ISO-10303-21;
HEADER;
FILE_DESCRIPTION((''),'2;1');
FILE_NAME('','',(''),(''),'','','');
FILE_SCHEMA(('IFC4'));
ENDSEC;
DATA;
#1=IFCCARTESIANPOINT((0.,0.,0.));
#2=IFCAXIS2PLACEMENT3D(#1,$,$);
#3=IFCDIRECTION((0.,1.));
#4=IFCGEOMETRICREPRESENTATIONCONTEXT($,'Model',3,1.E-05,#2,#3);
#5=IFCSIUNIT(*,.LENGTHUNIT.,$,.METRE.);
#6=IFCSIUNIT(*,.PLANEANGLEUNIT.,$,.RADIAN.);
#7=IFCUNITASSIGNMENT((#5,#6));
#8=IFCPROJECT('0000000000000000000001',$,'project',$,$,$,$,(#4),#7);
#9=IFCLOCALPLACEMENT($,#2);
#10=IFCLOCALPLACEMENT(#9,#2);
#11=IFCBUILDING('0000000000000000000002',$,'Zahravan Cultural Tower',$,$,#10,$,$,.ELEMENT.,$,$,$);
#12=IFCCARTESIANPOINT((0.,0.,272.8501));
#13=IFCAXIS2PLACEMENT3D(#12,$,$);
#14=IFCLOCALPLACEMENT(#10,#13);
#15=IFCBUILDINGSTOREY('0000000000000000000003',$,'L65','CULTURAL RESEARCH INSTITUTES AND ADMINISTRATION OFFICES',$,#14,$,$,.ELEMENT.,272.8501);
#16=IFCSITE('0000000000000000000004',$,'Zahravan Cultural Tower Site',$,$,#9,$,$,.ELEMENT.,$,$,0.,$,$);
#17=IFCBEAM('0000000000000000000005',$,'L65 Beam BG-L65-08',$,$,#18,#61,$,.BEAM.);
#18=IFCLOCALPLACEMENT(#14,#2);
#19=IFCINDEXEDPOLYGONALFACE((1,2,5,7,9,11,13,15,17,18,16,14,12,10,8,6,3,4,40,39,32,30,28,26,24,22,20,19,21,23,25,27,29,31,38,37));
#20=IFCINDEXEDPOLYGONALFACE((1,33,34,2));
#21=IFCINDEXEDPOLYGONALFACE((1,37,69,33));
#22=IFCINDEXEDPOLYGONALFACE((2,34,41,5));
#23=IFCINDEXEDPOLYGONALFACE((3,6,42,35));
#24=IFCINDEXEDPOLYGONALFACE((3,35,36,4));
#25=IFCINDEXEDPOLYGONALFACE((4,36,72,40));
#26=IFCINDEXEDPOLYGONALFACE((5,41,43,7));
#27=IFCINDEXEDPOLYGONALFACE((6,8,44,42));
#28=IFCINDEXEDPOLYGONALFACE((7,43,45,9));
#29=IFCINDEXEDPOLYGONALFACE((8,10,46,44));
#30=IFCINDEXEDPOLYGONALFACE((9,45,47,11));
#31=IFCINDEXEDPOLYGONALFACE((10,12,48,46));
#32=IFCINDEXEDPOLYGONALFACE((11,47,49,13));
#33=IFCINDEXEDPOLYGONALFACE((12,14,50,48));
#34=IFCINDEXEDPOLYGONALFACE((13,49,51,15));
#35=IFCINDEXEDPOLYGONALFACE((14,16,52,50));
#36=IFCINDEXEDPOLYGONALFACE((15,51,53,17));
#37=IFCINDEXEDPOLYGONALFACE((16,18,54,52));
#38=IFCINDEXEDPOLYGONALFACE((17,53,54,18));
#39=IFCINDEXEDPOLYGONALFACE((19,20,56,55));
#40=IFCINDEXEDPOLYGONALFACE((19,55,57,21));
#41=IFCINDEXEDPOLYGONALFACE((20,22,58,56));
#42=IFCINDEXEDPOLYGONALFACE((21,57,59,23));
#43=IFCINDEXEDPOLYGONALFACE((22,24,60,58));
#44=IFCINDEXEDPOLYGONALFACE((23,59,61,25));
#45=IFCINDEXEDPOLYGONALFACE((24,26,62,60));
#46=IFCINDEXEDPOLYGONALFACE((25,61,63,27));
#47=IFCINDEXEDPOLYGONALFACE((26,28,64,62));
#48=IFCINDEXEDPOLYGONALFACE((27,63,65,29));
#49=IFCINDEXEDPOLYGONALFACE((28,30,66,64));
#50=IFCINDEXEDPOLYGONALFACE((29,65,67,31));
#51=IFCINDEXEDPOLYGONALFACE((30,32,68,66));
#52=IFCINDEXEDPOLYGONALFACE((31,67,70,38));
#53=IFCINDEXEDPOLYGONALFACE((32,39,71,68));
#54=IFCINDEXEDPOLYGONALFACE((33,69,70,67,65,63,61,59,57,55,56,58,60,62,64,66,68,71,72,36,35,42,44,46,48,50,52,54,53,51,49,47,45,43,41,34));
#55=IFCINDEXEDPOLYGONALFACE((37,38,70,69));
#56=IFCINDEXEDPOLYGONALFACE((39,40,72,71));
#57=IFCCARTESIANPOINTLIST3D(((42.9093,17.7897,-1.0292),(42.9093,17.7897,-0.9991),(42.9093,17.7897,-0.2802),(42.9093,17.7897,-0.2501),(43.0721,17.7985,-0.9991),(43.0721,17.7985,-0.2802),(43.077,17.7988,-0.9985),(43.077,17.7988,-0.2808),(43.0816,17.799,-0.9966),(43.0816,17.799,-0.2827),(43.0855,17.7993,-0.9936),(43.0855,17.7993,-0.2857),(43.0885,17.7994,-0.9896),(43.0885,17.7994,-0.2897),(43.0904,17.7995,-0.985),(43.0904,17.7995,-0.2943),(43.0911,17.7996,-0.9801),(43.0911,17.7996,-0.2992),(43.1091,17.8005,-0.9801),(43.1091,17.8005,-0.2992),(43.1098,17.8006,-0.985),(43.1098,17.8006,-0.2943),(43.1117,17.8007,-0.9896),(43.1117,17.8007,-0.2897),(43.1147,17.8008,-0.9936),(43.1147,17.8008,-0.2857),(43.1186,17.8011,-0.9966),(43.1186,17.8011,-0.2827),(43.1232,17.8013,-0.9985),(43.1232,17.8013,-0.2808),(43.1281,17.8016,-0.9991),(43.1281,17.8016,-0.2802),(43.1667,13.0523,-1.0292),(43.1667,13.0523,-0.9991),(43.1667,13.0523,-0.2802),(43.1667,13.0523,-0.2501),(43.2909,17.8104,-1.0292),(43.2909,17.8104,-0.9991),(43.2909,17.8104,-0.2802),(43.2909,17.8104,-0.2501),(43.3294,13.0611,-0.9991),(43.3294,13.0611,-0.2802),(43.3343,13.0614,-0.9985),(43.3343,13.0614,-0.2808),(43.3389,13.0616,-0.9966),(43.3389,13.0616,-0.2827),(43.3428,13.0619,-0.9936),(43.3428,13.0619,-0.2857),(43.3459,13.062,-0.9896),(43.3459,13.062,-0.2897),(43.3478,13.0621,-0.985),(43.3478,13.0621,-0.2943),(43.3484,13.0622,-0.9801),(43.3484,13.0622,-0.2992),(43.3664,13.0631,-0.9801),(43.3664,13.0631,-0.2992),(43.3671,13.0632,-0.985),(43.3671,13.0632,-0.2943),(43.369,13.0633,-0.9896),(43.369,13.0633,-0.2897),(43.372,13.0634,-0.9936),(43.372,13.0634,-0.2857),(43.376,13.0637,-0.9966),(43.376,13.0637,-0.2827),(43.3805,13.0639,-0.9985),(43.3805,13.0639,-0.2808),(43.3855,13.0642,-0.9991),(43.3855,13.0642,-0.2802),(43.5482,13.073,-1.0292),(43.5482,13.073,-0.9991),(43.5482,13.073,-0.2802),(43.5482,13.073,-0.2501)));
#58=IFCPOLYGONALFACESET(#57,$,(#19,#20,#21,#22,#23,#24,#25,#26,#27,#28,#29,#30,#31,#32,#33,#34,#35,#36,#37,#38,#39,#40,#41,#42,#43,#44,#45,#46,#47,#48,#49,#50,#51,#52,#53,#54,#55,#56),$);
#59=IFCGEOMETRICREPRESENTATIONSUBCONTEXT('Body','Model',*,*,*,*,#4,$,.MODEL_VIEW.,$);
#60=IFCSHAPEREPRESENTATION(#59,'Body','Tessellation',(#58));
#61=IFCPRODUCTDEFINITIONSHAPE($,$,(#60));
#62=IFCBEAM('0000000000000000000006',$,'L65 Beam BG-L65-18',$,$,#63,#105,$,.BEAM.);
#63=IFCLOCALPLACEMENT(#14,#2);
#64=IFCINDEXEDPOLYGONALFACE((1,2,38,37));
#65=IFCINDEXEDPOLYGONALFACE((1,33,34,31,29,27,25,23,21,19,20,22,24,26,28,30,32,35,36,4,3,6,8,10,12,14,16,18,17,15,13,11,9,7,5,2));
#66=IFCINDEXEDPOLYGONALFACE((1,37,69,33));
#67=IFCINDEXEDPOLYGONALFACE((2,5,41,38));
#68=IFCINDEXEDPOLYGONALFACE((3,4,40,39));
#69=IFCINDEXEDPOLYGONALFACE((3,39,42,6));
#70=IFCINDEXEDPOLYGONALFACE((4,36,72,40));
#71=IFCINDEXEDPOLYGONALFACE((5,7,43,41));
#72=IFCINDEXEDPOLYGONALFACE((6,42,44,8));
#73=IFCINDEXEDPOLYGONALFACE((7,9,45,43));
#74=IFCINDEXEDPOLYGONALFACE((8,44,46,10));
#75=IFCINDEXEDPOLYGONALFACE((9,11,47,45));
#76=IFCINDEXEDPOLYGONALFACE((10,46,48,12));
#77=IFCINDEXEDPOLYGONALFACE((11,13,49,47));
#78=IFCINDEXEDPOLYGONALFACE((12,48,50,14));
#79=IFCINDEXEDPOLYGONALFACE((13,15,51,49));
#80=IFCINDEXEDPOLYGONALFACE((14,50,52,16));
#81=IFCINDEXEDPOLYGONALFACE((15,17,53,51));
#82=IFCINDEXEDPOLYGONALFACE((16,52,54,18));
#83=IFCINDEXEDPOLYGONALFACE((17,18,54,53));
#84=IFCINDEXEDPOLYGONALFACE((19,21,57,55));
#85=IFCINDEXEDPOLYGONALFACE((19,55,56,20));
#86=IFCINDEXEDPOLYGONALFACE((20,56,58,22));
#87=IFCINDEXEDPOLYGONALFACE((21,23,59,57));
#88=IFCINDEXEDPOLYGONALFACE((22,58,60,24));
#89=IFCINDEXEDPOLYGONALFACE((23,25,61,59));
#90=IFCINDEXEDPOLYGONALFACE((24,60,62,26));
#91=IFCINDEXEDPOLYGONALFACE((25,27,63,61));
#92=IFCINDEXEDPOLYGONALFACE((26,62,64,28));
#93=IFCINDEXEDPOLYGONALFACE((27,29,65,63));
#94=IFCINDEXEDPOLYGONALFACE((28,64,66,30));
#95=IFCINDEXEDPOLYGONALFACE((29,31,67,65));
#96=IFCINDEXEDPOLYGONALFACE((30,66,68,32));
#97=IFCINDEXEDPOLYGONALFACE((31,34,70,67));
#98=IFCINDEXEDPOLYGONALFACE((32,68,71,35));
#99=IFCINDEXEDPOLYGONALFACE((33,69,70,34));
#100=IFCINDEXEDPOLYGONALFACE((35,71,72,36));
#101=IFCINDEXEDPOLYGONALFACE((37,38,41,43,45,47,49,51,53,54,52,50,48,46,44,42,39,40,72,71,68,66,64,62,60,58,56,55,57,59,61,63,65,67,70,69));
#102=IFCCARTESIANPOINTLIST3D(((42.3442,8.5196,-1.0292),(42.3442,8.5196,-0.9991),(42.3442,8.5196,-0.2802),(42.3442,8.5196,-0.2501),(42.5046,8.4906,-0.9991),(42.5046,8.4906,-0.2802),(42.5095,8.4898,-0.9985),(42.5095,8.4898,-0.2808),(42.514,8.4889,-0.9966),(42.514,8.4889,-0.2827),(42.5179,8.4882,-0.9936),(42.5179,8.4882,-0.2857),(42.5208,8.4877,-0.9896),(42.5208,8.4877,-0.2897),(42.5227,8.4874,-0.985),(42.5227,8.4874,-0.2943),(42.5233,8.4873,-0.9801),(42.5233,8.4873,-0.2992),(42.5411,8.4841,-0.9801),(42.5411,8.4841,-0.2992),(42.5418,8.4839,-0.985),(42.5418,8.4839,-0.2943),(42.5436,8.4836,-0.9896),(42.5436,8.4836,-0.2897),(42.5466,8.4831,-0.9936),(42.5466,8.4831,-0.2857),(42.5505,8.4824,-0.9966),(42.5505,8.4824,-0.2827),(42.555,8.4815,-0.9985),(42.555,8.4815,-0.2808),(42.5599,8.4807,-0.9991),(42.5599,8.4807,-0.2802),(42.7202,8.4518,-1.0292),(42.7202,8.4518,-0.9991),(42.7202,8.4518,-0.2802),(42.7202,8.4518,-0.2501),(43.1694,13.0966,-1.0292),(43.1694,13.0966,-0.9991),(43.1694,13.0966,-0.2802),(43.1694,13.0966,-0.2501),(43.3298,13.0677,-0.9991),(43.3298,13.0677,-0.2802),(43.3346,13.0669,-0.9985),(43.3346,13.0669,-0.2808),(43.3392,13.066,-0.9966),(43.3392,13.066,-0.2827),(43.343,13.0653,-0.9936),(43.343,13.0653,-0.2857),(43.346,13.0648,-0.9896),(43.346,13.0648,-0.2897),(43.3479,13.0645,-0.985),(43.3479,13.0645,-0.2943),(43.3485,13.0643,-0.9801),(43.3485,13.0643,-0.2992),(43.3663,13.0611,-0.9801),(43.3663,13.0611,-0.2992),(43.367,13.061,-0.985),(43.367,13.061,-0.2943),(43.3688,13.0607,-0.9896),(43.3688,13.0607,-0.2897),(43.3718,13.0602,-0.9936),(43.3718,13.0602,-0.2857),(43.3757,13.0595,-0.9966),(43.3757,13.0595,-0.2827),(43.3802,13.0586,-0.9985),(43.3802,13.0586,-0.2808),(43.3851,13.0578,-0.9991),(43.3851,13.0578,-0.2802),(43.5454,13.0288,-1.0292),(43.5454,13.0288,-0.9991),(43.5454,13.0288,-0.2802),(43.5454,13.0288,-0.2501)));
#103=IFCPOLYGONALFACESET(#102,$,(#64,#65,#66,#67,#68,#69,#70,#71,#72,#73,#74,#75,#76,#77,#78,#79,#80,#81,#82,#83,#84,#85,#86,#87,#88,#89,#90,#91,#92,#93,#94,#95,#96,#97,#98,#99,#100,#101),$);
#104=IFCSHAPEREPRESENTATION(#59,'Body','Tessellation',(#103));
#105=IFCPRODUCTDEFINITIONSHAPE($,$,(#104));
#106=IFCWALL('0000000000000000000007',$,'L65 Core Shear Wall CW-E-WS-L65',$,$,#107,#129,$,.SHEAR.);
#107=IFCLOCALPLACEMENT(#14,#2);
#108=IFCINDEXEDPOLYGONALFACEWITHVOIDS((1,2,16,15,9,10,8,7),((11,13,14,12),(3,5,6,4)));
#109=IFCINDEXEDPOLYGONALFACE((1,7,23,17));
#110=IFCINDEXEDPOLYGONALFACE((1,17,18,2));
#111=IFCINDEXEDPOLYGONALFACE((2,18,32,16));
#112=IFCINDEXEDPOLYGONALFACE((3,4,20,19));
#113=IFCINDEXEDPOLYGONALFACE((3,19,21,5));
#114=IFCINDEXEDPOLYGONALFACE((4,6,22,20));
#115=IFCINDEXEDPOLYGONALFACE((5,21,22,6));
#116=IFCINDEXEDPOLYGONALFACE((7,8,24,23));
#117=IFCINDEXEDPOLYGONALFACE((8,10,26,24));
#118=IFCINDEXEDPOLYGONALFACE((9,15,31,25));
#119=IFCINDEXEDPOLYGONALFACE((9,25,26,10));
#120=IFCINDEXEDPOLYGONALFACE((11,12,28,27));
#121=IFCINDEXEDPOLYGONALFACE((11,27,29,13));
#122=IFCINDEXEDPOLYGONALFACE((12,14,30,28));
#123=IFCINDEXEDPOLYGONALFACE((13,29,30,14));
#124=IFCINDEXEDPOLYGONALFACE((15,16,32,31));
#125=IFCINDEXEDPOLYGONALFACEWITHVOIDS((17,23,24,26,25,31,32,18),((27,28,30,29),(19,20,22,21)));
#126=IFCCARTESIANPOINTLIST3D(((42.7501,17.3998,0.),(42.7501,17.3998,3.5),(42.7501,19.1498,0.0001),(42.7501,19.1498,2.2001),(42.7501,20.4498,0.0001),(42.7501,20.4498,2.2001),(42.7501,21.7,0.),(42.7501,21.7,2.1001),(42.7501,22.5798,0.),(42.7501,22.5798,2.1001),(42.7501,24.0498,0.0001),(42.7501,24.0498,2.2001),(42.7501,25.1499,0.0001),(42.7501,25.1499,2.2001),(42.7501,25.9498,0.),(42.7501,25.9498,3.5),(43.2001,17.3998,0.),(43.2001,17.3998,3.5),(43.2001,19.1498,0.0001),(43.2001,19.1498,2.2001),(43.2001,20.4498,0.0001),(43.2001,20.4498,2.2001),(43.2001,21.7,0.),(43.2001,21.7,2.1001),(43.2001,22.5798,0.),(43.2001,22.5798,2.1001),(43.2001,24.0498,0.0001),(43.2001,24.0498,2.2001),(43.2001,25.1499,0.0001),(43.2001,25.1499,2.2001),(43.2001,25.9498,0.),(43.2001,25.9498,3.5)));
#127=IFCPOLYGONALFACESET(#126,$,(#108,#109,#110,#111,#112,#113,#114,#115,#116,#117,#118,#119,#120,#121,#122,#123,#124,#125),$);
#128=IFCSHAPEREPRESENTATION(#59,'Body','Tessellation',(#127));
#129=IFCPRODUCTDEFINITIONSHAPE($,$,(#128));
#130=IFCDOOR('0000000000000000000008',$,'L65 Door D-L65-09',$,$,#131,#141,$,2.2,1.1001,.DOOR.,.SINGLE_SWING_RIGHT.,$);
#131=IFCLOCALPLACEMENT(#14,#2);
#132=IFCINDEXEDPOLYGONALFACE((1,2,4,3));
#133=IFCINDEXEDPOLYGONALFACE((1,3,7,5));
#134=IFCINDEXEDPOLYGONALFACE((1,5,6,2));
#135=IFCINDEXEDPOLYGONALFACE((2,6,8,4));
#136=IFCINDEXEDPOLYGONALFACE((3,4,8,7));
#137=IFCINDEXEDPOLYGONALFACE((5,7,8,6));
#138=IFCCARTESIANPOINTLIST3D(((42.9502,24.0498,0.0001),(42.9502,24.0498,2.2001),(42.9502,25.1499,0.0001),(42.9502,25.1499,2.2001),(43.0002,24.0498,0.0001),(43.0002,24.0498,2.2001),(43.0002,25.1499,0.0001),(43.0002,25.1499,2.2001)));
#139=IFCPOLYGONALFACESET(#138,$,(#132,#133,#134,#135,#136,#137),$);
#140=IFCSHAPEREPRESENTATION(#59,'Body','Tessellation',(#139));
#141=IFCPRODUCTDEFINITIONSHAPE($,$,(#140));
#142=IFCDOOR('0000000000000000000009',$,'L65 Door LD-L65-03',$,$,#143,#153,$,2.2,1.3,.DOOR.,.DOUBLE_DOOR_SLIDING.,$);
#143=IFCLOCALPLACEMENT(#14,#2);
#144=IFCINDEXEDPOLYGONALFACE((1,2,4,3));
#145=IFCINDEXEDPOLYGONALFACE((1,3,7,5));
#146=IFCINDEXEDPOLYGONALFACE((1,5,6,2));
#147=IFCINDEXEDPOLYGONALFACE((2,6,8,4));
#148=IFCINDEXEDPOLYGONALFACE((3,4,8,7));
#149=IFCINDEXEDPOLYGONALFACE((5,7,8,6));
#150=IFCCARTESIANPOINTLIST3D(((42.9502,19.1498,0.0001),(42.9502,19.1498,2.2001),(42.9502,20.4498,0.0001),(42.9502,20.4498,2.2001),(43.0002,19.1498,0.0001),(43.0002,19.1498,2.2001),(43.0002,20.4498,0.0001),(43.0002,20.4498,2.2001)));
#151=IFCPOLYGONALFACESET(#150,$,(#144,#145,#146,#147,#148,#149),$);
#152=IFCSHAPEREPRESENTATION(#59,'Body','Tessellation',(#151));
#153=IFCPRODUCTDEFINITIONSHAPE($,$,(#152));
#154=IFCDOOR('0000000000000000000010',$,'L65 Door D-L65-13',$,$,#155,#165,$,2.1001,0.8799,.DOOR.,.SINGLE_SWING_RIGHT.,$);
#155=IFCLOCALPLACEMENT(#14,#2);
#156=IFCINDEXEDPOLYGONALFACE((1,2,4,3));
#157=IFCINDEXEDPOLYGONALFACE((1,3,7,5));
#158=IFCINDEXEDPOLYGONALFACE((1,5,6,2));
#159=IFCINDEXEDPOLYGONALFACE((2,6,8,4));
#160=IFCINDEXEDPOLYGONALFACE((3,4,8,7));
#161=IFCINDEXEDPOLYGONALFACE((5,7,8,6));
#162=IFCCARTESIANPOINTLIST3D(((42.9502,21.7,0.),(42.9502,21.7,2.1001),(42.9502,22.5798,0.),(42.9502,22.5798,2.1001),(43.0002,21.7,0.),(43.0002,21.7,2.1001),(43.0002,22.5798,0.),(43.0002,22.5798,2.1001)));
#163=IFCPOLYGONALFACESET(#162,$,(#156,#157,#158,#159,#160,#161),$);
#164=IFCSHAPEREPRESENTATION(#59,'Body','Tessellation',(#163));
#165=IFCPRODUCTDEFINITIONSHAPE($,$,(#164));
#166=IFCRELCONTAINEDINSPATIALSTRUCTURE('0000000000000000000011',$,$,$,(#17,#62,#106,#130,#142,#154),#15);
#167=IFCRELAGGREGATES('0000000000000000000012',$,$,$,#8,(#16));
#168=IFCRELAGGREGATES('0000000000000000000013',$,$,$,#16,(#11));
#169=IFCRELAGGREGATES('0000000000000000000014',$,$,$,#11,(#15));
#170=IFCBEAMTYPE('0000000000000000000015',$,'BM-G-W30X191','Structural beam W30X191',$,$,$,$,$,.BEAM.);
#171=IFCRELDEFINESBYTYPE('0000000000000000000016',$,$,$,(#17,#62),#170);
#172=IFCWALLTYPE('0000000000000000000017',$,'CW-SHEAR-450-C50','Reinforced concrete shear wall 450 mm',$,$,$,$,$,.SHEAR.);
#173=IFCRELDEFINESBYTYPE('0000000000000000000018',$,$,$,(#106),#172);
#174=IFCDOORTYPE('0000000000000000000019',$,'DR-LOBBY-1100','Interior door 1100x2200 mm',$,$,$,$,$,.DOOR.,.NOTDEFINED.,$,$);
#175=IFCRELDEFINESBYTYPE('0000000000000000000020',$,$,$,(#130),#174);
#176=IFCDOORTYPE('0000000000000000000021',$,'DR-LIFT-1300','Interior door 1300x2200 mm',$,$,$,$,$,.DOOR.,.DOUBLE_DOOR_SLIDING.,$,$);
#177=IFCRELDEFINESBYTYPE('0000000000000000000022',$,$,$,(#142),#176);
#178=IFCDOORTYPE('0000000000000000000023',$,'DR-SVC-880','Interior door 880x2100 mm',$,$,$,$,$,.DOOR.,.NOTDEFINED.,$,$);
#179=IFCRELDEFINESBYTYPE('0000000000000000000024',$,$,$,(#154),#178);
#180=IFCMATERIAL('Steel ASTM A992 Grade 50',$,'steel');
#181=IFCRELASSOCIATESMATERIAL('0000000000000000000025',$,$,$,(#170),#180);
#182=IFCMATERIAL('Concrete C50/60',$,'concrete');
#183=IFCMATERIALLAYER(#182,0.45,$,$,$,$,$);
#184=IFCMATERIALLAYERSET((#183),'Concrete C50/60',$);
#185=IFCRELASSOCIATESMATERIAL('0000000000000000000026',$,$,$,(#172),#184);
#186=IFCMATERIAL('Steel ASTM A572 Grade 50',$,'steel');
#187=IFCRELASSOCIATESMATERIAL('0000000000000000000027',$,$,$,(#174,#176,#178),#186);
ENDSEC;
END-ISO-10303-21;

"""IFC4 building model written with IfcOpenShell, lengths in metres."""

from ifc_helpers import new_model, si_unit, direction, frame, frame_2d, origin, origin_2d, place, context, subcontext, project, spatial, rectangle, i_section, extrude, source, transform, mapped, material, layer, layer_set, material_profile, profile_set, type_object, element, fill, save


model = new_model("IFC4")

# Units and contexts
model_context = context("Model", 3, precision=1e-05, world=origin(), true_north=direction((0.0, 1.0)))
body_context = subcontext(model_context, "Body", "Model", "MODEL_VIEW")
ifc_project = project(units=[si_unit("LENGTHUNIT", "METRE"), si_unit("PLANEANGLEUNIT", "RADIAN")], contexts=[model_context])

# Site, building, storey
site_placement = place(None, origin())
site = spatial("IfcSite", under=ifc_project, at=site_placement, Name="Zahravan Cultural Tower Site", CompositionType="ELEMENT", RefElevation=0.0)
building_placement = place(site_placement, origin())
building = spatial("IfcBuilding", under=site, at=building_placement, Name="Zahravan Cultural Tower", CompositionType="ELEMENT")
storey_placement = place(building_placement, frame((0.0, 0.0, 272.8501)))
storey = spatial("IfcBuildingStorey", under=building, at=storey_placement, Name="L65", Description="CULTURAL RESEARCH INSTITUTES AND ADMINISTRATION OFFICES", CompositionType="ELEMENT", Elevation=272.8501)

# Shared definitions
ifc_material_1 = material(Name="Concrete C50/60", Category="concrete")
ifc_material_2 = material(Name="Steel ASTM A992 Grade 50", Category="steel")

# Beams
ifc_material_profile_1 = material_profile(ifc_material_2, i_section(OverallWidth=0.3821, OverallDepth=0.7791, WebThickness=0.0181, FlangeThickness=0.03, FilletRadius=0.019, at=origin_2d()), Name="W30X191")
ifc_profile_set_1 = profile_set([ifc_material_profile_1], Name="Steel ASTM A992 Grade 50")
beam_type_1 = type_object("IfcBeamType", Name="BM-G-W30X191", Description="Structural beam W30X191", PredefinedType="BEAM", material=ifc_profile_set_1)
shared_shape_1 = source(origin(), body_context, "Body", "SweptSolid", [
    extrude(i_section(OverallWidth=0.3821, OverallDepth=0.7791, WebThickness=0.0181, FlangeThickness=0.03, FilletRadius=0.019, at=origin_2d()), origin(), (0.0, 0.0, 1.0), 4.7444),
])
beam_1_placement = place(storey_placement, frame((43.1001, 17.8, -0.6396), z_axis=(0.054239, -0.998528, 0.0), x_axis=(0.998528, 0.054239, 0.0)))
element("IfcBeam", 1, at=beam_1_placement, inside=storey, type_object=beam_type_1, Name="L65 Beam BG-L65-08", PredefinedType="BEAM", context=body_context, shape_type="MappedRepresentation", body=[
    mapped(shared_shape_1, transform((0.0, 0.0, 0.0), x_axis=(1.0, 0.0, 0.0), y_axis=(0.0, 1.0, 0.0), z_axis=(0.0, 0.0, 1.0), scale=1.0)),
])
shared_shape_2 = source(origin(), body_context, "Body", "SweptSolid", [
    extrude(i_section(OverallWidth=0.3821, OverallDepth=0.7791, WebThickness=0.0181, FlangeThickness=0.03, FilletRadius=0.019, at=origin_2d()), origin(), (0.0, 0.0, 1.0), 4.6509),
])
beam_2_placement = place(storey_placement, frame((43.3574, 13.0627, -0.6396), z_axis=(-0.177426, -0.984134, 0.0), x_axis=(0.984134, -0.177426, 0.0)))
element("IfcBeam", 2, at=beam_2_placement, inside=storey, type_object=beam_type_1, Name="L65 Beam BG-L65-18", PredefinedType="BEAM", context=body_context, shape_type="MappedRepresentation", body=[
    mapped(shared_shape_2, transform((0.0, 0.0, 0.0), x_axis=(1.0, 0.0, 0.0), y_axis=(0.0, 1.0, 0.0), z_axis=(0.0, 0.0, 1.0), scale=1.0)),
])

# Wall, openings, doors
ifc_layer_1 = layer(ifc_material_1, 0.45)
ifc_layer_set_1 = layer_set([ifc_layer_1], Name="Concrete C50/60")
wall_type_1 = type_object("IfcWallType", Name="CW-SHEAR-450-C50", Description="Reinforced concrete shear wall 450 mm", PredefinedType="SHEAR", material=ifc_layer_set_1)
wall_1_placement = place(storey_placement, frame((42.9751, 17.3999, 0.0), z_axis=(0.0, 0.0, 1.0), x_axis=(0.0, 1.0, 0.0)))
wall_1 = element("IfcWall", 3, at=wall_1_placement, inside=storey, type_object=wall_type_1, Name="L65 Core Shear Wall CW-E-WS-L65", PredefinedType="SHEAR", context=body_context, shape_type="SweptSolid", body=[
    extrude(rectangle(XDim=8.55, YDim=0.45, at=frame_2d((4.2749, 0.0))), origin(), (0.0, 0.0, 1.0), 3.5),
])
opening_1_placement = place(wall_1_placement, frame((6.6499, 0.0, 0.0)))
opening_1 = element("IfcOpeningElement", 4, at=opening_1_placement, cuts=wall_1, PredefinedType="OPENING", context=body_context, shape_type="SweptSolid", body=[
    extrude(rectangle(XDim=1.1001, YDim=2.2, at=frame_2d((0.55, 1.1001))), frame((0.0, 0.2349, 0.0), z_axis=(0.0, -1.0, 0.0), x_axis=(1.0, 0.0, 0.0)), (0.0, 0.0, 1.0), 0.47),
])
opening_2_placement = place(wall_1_placement, frame((1.75, 0.0, 0.0)))
opening_2 = element("IfcOpeningElement", 5, at=opening_2_placement, cuts=wall_1, PredefinedType="OPENING", context=body_context, shape_type="SweptSolid", body=[
    extrude(rectangle(XDim=1.3, YDim=2.2, at=frame_2d((0.6499, 1.1001))), frame((0.0, 0.2349, 0.0), z_axis=(0.0, -1.0, 0.0), x_axis=(1.0, 0.0, 0.0)), (0.0, 0.0, 1.0), 0.47),
])
opening_3_placement = place(wall_1_placement, frame((4.3, 0.0, 0.0)))
opening_3 = element("IfcOpeningElement", 6, at=opening_3_placement, cuts=wall_1, PredefinedType="OPENING", context=body_context, shape_type="SweptSolid", body=[
    extrude(rectangle(XDim=0.8799, YDim=2.1001, at=frame_2d((0.4399, 1.05))), frame((0.0, 0.2349, 0.0), z_axis=(0.0, -1.0, 0.0), x_axis=(1.0, 0.0, 0.0)), (0.0, 0.0, 1.0), 0.47),
])
ifc_material_3 = material(Name="Steel ASTM A572 Grade 50", Category="steel")
door_type_1 = type_object("IfcDoorType", Name="DR-LOBBY-1100", Description="Interior door 1100x2200 mm", OperationType="NOTDEFINED", PredefinedType="DOOR", material=ifc_material_3)
shared_shape_3 = source(origin(), body_context, "Body", "SweptSolid", [
    extrude(rectangle(XDim=1.1001, YDim=2.2, at=frame_2d((0.55, 1.1001))), frame((0.0, 0.0249, 0.0), z_axis=(0.0, -1.0, 0.0), x_axis=(1.0, 0.0, 0.0)), (0.0, 0.0, 1.0), 0.05),
])
door_1_placement = place(opening_1_placement, origin())
door_1 = element("IfcDoor", 7, at=door_1_placement, inside=storey, type_object=door_type_1, Name="L65 Door D-L65-09", OperationType="SINGLE_SWING_RIGHT", OverallHeight=2.2, OverallWidth=1.1001, PredefinedType="DOOR", context=body_context, shape_type="MappedRepresentation", body=[
    mapped(shared_shape_3, transform((0.0, 0.0, 0.0), x_axis=(1.0, 0.0, 0.0), y_axis=(0.0, 1.0, 0.0), z_axis=(0.0, 0.0, 1.0), scale=1.0)),
])
fill(opening_1, door_1)
door_type_2 = type_object("IfcDoorType", Name="DR-LIFT-1300", Description="Interior door 1300x2200 mm", OperationType="DOUBLE_DOOR_SLIDING", PredefinedType="DOOR", material=ifc_material_3)
shared_shape_4 = source(origin(), body_context, "Body", "SweptSolid", [
    extrude(rectangle(XDim=1.3, YDim=2.2, at=frame_2d((0.6499, 1.1001))), frame((0.0, 0.0249, 0.0), z_axis=(0.0, -1.0, 0.0), x_axis=(1.0, 0.0, 0.0)), (0.0, 0.0, 1.0), 0.05),
])
door_2_placement = place(opening_2_placement, origin())
door_2 = element("IfcDoor", 8, at=door_2_placement, inside=storey, type_object=door_type_2, Name="L65 Door LD-L65-03", OperationType="DOUBLE_DOOR_SLIDING", OverallHeight=2.2, OverallWidth=1.3, PredefinedType="DOOR", context=body_context, shape_type="MappedRepresentation", body=[
    mapped(shared_shape_4, transform((0.0, 0.0, 0.0), x_axis=(1.0, 0.0, 0.0), y_axis=(0.0, 1.0, 0.0), z_axis=(0.0, 0.0, 1.0), scale=1.0)),
])
fill(opening_2, door_2)
door_type_3 = type_object("IfcDoorType", Name="DR-SVC-880", Description="Interior door 880x2100 mm", OperationType="NOTDEFINED", PredefinedType="DOOR", material=ifc_material_3)
shared_shape_5 = source(origin(), body_context, "Body", "SweptSolid", [
    extrude(rectangle(XDim=0.8799, YDim=2.1001, at=frame_2d((0.4399, 1.05))), frame((0.0, 0.0249, 0.0), z_axis=(0.0, -1.0, 0.0), x_axis=(1.0, 0.0, 0.0)), (0.0, 0.0, 1.0), 0.05),
])
door_3_placement = place(opening_3_placement, origin())
door_3 = element("IfcDoor", 9, at=door_3_placement, inside=storey, type_object=door_type_3, Name="L65 Door D-L65-13", OperationType="SINGLE_SWING_RIGHT", OverallHeight=2.1001, OverallWidth=0.8799, PredefinedType="DOOR", context=body_context, shape_type="MappedRepresentation", body=[
    mapped(shared_shape_5, transform((0.0, 0.0, 0.0), x_axis=(1.0, 0.0, 0.0), y_axis=(0.0, 1.0, 0.0), z_axis=(0.0, 0.0, 1.0), scale=1.0)),
])
fill(opening_3, door_3)

save(model, "model.ifc")
